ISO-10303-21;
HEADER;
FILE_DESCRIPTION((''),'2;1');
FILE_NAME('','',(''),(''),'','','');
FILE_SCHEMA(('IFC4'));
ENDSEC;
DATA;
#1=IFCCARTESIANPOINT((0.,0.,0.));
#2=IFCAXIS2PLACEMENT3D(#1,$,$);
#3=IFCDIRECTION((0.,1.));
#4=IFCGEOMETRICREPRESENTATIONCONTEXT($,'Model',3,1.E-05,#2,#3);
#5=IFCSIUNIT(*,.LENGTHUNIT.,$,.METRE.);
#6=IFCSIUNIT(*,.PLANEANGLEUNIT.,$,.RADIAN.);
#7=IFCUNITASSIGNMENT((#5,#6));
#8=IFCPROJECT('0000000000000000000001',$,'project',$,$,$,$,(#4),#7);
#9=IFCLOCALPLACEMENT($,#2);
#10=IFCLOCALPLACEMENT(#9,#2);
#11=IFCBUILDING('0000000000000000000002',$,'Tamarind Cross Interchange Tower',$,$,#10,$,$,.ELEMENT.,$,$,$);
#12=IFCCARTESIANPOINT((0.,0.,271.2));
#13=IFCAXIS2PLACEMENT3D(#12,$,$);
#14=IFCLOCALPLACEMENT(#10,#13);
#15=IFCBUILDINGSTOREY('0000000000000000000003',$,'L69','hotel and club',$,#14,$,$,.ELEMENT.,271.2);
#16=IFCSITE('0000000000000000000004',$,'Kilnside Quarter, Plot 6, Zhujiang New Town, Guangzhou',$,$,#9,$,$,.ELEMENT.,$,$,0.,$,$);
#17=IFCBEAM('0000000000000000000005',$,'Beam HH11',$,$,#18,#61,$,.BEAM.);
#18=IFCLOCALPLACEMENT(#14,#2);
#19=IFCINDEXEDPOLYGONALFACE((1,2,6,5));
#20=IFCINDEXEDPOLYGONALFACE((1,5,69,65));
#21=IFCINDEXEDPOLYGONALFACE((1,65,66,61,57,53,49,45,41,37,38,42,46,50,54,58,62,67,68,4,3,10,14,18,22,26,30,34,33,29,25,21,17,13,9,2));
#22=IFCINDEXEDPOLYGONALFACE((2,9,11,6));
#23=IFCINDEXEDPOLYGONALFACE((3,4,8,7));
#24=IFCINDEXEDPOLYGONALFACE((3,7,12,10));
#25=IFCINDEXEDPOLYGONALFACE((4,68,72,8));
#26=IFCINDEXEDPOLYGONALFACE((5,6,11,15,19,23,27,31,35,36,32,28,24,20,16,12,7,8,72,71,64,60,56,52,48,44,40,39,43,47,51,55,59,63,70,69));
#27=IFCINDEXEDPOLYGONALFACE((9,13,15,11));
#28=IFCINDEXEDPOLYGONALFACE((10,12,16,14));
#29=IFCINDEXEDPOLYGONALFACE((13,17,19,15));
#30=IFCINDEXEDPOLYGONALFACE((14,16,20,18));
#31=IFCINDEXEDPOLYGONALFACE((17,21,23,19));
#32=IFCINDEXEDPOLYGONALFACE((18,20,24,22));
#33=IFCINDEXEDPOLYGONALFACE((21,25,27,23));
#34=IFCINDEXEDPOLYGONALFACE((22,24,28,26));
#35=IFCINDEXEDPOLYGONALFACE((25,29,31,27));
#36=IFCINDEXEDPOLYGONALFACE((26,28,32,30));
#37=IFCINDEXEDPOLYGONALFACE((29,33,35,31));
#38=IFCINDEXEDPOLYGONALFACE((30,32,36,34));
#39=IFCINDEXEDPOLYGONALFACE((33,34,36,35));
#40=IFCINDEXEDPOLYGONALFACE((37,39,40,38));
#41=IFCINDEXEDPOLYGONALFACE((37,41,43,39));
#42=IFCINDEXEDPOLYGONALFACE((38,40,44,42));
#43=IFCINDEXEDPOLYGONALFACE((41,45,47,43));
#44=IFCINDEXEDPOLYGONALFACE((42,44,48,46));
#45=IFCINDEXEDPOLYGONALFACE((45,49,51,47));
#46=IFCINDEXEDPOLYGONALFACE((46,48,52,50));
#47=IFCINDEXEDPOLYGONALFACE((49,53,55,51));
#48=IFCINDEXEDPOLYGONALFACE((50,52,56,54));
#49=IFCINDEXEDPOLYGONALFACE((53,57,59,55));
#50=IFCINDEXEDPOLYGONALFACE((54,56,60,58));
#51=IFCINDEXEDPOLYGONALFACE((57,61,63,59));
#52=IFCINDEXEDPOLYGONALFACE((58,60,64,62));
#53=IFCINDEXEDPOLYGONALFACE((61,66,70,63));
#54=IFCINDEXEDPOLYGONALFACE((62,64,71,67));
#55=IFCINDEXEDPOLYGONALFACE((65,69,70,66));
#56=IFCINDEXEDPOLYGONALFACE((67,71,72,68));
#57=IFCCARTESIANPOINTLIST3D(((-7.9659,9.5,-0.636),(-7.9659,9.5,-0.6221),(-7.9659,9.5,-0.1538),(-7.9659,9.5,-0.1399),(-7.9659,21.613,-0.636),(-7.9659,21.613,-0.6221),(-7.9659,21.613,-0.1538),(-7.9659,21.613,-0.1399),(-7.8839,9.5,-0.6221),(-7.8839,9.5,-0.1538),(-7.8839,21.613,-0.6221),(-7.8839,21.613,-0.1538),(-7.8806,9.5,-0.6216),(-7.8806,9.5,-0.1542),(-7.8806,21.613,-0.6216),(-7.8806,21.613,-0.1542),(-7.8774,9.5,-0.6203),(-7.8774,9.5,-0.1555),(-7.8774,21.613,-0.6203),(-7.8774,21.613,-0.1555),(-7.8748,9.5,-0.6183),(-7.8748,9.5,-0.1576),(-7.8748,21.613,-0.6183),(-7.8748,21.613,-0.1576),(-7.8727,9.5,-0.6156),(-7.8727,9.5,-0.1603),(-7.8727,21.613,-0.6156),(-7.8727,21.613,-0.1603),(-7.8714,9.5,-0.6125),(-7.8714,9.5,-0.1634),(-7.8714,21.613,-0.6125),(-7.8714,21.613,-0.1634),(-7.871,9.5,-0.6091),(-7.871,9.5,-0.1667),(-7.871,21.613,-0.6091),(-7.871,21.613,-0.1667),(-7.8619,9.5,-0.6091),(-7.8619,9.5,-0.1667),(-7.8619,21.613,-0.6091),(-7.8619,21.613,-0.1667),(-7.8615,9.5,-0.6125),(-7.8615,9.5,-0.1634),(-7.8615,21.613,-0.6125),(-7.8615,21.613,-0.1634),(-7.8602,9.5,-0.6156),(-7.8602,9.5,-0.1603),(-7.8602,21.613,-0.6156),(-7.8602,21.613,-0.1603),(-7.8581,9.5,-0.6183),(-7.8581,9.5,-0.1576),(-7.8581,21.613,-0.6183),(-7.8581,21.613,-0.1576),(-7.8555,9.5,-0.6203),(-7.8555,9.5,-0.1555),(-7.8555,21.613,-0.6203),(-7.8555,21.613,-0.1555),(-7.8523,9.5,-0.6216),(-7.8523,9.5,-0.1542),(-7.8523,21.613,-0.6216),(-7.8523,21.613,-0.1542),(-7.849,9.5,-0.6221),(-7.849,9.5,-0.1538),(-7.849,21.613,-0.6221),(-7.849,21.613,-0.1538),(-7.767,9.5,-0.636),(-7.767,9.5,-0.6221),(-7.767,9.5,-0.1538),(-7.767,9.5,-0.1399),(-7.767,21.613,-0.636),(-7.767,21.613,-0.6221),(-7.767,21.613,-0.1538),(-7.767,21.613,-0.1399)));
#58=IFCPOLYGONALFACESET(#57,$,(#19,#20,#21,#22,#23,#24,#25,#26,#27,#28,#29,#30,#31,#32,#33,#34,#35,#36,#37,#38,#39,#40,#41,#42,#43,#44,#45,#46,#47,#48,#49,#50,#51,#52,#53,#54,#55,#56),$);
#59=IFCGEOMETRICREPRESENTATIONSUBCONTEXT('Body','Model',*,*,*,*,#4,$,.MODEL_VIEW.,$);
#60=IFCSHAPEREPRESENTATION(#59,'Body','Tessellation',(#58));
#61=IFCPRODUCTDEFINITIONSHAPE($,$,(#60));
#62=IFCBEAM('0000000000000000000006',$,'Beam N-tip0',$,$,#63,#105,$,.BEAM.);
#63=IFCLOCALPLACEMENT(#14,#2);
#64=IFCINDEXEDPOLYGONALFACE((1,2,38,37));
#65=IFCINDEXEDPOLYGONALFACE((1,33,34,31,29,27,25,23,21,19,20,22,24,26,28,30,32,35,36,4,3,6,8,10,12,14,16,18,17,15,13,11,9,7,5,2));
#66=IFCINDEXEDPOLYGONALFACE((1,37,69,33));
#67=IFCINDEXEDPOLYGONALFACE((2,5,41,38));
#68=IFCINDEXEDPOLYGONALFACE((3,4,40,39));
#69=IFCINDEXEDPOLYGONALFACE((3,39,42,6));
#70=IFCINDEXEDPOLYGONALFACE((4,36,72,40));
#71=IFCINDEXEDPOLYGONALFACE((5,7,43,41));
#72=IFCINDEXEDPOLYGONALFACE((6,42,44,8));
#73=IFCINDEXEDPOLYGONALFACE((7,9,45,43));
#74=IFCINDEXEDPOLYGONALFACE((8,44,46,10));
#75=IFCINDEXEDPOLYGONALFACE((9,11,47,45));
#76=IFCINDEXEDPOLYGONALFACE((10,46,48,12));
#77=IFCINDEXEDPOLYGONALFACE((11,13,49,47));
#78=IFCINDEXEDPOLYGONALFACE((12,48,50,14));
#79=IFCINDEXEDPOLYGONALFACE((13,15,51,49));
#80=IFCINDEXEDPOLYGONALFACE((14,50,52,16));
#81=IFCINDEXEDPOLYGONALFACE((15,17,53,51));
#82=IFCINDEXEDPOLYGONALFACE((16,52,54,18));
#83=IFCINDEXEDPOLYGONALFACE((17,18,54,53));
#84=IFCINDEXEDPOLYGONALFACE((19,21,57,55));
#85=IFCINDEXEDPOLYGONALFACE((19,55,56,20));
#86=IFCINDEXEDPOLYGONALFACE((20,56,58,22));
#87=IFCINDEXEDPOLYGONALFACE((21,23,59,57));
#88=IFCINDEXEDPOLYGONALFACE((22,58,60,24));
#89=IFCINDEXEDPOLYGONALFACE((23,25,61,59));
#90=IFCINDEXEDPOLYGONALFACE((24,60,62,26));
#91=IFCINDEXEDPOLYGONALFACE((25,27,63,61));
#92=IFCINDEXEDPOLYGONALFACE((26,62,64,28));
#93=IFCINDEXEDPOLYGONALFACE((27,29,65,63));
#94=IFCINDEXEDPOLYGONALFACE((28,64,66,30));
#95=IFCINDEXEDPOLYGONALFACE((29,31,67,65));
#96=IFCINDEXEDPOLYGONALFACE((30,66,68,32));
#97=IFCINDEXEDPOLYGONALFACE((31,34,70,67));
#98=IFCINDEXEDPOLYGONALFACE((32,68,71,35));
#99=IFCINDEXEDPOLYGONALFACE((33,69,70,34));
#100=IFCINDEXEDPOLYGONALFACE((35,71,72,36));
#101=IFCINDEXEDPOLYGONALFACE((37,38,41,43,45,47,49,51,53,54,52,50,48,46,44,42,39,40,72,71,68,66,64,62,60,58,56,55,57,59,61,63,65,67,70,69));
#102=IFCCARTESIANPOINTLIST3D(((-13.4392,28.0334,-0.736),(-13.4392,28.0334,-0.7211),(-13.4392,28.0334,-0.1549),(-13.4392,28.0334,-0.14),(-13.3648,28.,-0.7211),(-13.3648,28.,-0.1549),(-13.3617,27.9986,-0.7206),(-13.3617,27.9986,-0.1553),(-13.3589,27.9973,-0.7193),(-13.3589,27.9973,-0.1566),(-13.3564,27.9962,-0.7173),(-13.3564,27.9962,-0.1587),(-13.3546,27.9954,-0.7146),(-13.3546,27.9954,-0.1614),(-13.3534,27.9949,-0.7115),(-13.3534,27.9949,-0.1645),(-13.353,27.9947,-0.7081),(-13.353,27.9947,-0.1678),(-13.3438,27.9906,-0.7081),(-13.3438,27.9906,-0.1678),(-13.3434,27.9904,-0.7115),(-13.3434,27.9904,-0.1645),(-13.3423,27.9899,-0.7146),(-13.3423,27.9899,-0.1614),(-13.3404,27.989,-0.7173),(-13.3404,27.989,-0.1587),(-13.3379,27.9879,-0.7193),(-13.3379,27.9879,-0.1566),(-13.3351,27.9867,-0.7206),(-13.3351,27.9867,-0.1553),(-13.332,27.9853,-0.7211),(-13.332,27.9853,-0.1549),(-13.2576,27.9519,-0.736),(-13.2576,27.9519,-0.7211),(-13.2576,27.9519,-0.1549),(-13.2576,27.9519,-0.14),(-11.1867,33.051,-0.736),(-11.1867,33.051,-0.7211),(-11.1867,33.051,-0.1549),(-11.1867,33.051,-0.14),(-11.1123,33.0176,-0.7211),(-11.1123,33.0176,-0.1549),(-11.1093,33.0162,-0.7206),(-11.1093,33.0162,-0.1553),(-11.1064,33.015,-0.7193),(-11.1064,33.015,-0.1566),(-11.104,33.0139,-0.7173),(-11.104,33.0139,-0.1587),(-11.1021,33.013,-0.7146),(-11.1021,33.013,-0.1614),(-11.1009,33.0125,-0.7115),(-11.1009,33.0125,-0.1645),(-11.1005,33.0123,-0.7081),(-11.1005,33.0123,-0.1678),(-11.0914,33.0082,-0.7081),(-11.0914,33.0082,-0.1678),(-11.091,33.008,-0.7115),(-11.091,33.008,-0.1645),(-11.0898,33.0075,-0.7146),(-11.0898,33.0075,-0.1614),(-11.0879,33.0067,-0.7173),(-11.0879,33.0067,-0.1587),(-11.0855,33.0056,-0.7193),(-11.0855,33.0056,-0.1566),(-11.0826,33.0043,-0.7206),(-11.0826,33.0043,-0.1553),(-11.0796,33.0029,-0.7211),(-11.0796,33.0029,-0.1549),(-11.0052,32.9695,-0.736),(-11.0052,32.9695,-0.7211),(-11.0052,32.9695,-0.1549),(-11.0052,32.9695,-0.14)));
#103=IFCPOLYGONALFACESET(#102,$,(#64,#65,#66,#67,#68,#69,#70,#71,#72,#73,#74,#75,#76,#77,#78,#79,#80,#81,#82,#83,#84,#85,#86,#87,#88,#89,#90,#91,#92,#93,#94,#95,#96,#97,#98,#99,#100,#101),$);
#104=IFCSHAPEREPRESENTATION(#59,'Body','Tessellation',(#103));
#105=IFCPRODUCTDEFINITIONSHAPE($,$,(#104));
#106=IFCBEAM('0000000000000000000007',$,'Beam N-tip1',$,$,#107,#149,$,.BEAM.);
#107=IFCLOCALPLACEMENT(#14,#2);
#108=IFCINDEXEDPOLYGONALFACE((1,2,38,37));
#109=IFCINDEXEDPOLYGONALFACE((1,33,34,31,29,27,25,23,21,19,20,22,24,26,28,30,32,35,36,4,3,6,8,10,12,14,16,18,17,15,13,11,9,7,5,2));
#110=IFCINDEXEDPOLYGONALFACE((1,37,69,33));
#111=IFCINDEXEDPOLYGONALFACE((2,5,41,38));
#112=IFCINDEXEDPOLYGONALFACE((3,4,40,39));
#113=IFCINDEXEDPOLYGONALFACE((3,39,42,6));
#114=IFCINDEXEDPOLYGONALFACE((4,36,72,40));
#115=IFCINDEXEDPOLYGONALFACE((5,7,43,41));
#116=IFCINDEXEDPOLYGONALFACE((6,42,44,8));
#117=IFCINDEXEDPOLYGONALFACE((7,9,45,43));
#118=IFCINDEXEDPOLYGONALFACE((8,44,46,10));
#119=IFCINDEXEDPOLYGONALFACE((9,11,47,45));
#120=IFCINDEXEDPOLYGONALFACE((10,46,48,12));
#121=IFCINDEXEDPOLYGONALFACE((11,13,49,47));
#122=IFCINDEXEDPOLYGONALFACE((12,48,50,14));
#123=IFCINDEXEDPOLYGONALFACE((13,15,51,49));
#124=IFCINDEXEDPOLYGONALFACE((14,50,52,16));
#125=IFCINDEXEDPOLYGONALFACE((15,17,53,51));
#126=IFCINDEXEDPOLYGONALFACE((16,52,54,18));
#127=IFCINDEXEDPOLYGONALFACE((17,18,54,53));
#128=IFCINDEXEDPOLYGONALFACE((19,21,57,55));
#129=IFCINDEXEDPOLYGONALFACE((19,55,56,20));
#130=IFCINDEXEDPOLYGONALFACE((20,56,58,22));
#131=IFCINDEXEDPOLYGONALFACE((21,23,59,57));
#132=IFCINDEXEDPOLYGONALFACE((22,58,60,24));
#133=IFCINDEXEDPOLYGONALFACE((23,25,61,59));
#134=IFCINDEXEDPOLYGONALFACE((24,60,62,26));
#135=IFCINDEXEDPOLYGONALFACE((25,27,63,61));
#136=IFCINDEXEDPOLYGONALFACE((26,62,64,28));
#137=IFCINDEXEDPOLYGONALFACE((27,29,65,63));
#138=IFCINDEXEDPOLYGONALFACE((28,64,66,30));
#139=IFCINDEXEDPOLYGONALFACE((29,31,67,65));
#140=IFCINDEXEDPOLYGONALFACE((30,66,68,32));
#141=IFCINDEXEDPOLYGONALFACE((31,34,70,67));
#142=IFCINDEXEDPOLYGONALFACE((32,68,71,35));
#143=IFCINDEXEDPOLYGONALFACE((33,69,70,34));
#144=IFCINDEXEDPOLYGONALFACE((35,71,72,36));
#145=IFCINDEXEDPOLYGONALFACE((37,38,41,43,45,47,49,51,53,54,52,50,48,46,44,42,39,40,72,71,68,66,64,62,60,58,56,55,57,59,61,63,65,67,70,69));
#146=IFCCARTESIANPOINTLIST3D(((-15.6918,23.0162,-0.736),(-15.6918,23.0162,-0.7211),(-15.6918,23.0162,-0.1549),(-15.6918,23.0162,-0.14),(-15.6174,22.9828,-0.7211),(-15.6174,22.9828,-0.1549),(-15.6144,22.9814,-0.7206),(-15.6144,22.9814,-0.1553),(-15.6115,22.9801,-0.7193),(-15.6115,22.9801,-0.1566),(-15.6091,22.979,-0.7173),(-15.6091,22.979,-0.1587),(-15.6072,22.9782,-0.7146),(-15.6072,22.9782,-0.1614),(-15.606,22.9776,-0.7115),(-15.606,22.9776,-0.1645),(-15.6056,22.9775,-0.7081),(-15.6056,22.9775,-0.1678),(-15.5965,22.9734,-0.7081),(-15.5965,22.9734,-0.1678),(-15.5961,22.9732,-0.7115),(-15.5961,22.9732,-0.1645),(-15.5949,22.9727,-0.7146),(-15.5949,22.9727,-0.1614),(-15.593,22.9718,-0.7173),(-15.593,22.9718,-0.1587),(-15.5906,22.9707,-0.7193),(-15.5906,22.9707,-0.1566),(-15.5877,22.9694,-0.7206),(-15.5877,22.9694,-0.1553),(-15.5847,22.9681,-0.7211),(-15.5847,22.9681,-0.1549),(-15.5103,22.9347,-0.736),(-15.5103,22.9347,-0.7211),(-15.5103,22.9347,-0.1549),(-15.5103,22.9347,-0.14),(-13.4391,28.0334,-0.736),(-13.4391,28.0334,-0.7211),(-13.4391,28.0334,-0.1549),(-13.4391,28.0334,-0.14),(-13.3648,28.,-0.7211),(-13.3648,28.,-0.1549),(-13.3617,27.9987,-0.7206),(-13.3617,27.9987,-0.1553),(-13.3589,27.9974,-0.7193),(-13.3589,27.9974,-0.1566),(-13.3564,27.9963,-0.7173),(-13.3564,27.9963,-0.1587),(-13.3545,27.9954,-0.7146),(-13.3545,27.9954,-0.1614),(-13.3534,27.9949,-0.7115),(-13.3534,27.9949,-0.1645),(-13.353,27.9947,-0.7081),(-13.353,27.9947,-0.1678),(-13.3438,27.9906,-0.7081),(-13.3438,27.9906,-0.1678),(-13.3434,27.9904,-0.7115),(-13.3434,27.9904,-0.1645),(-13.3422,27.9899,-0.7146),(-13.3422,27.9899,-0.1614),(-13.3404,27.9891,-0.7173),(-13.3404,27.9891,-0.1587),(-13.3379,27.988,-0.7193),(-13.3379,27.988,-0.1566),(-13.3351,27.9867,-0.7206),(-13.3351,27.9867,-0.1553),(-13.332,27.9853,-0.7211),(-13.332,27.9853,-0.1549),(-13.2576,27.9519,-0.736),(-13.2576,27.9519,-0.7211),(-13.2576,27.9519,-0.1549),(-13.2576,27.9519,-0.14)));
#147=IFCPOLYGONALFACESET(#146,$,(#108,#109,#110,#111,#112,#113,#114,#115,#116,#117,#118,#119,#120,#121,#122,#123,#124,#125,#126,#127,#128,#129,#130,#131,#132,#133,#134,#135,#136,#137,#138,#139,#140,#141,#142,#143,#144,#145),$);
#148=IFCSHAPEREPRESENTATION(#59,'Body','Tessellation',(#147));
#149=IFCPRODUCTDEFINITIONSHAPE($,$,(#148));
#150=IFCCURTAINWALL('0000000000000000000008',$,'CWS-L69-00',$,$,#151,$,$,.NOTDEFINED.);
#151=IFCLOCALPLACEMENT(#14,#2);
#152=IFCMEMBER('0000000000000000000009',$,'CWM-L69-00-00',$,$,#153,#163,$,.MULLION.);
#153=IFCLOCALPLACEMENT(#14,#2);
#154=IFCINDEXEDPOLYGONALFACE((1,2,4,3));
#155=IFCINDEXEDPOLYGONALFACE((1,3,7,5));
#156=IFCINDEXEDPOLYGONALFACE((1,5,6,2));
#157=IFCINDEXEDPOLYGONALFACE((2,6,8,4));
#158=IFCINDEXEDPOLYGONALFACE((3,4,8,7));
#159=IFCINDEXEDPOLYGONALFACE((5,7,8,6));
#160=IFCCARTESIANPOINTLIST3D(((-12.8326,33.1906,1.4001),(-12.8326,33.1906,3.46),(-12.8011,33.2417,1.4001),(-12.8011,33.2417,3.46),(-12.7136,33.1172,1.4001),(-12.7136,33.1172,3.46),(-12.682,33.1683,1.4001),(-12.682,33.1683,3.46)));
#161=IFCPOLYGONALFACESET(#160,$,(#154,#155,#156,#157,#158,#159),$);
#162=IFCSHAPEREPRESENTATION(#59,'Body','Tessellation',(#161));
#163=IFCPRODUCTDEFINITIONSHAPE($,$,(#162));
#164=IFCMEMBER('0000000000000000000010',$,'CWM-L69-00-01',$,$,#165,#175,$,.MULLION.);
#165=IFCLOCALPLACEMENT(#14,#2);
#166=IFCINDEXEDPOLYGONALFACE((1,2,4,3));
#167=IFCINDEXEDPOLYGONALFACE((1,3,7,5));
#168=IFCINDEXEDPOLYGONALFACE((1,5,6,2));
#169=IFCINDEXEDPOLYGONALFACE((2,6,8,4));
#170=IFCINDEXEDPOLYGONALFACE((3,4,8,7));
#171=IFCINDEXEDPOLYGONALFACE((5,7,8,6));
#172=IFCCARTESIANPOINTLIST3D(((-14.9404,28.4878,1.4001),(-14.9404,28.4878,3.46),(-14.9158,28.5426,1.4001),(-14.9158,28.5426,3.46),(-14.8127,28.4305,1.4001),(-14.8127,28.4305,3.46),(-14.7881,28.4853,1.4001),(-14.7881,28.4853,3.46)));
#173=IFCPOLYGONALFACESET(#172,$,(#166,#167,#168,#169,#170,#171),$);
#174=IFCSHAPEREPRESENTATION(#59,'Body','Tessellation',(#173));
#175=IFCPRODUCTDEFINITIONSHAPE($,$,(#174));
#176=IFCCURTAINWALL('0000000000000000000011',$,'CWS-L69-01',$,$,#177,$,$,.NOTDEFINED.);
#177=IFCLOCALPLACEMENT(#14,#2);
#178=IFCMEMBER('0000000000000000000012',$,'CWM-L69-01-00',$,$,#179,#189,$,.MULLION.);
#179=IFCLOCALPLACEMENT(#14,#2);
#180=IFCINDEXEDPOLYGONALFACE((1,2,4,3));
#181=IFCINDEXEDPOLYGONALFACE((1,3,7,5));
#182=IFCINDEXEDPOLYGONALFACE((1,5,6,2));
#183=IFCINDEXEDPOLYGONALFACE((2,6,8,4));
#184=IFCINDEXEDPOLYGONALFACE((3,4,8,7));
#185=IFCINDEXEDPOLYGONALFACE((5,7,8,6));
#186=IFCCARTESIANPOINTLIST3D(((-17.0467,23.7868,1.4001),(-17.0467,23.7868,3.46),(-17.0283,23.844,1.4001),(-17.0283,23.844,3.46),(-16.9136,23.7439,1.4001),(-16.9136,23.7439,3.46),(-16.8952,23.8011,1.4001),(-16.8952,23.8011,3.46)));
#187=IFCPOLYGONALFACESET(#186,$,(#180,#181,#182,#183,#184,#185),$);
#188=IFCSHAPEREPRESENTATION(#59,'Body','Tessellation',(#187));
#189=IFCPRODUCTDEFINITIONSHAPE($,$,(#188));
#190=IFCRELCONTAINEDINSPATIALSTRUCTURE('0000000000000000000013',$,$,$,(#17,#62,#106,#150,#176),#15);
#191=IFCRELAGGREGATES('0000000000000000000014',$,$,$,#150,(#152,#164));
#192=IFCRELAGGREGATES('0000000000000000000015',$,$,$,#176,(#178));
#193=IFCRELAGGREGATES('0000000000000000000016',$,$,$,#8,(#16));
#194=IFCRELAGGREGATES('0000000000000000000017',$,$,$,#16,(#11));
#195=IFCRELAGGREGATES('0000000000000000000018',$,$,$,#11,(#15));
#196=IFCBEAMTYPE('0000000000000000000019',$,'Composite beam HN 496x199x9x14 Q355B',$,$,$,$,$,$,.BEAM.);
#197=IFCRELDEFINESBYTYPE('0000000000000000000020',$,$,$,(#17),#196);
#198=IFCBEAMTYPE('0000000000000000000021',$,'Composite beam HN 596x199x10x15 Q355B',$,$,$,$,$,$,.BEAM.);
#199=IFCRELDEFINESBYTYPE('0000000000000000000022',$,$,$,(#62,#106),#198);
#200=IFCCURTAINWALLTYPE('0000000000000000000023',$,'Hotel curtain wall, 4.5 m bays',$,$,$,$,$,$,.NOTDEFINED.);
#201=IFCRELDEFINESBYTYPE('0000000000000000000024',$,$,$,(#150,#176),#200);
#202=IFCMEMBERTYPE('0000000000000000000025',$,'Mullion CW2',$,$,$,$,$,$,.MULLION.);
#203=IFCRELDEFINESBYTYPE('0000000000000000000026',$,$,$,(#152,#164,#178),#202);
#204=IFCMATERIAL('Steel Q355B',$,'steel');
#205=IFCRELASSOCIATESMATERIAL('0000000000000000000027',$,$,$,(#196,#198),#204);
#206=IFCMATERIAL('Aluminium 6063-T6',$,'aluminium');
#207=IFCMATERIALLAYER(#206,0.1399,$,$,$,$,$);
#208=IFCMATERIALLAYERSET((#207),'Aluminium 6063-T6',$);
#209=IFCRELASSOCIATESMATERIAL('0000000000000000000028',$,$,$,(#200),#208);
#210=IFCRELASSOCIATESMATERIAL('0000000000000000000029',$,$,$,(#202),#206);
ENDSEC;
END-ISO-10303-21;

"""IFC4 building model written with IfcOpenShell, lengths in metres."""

from ifc_helpers import new_model, si_unit, direction, frame, origin, origin_2d, place, context, subcontext, project, spatial, rectangle, i_section, extrude, material, layer, layer_set, material_profile, profile_set, type_object, element, aggregate, save


model = new_model("IFC4")

# Units and contexts
model_context = context("Model", 3, precision=1e-05, world=origin(), true_north=direction((0.0, 1.0)))
body_context = subcontext(model_context, "Body", "Model", "MODEL_VIEW")
ifc_project = project(units=[si_unit("LENGTHUNIT", "METRE"), si_unit("PLANEANGLEUNIT", "RADIAN")], contexts=[model_context])

# Site, building, storey
site_placement = place(None, origin())
site = spatial("IfcSite", under=ifc_project, at=site_placement, Name="Kilnside Quarter, Plot 6, Zhujiang New Town, Guangzhou", CompositionType="ELEMENT", RefElevation=0.0)
building_placement = place(site_placement, origin())
building = spatial("IfcBuilding", under=site, at=building_placement, Name="Tamarind Cross Interchange Tower", CompositionType="ELEMENT")
storey_placement = place(building_placement, frame((0.0, 0.0, 271.2)))
storey = spatial("IfcBuildingStorey", under=building, at=storey_placement, Name="L69", Description="hotel and club", CompositionType="ELEMENT", Elevation=271.2)

# Beams
ifc_material_1 = material(Name="Steel Q355B", Category="steel")
ifc_material_profile_1 = material_profile(ifc_material_1, i_section(OverallWidth=0.199, OverallDepth=0.4961, WebThickness=0.009, FlangeThickness=0.0139, FilletRadius=0.0129, at=origin_2d()), Name="HN 496x199x9x14")
ifc_profile_set_1 = profile_set([ifc_material_profile_1], Name="Steel Q355B")
beam_type_1 = type_object("IfcBeamType", Name="Composite beam HN 496x199x9x14 Q355B", PredefinedType="BEAM", material=ifc_profile_set_1)
beam_1_placement = place(storey_placement, frame((-7.8665, 21.613, -0.3879), z_axis=(0.0, -1.0, 0.0), x_axis=(1.0, 0.0, 0.0)))
element("IfcBeam", 1, at=beam_1_placement, inside=storey, type_object=beam_type_1, Name="Beam HH11", PredefinedType="BEAM", context=body_context, shape_type="SweptSolid", body=[
    extrude(i_section(OverallWidth=0.199, OverallDepth=0.4961, WebThickness=0.009, FlangeThickness=0.0139, FilletRadius=0.0129, at=origin_2d()), origin(), (0.0, 0.0, 1.0), 12.113),
])
ifc_material_profile_2 = material_profile(ifc_material_1, i_section(OverallWidth=0.199, OverallDepth=0.5959, WebThickness=0.01, FlangeThickness=0.0149, FilletRadius=0.0129, at=origin_2d()), Name="HN 596x199x10x15")
ifc_profile_set_2 = profile_set([ifc_material_profile_2], Name="Steel Q355B")
beam_type_2 = type_object("IfcBeamType", Name="Composite beam HN 596x199x10x15 Q355B", PredefinedType="BEAM", material=ifc_profile_set_2)
beam_2_placement = place(storey_placement, frame((-11.0959, 33.0103, -0.438), z_axis=(-0.409538, -0.912293, 0.0), x_axis=(0.912293, -0.409538, 0.0)))
element("IfcBeam", 2, at=beam_2_placement, inside=storey, type_object=beam_type_2, Name="Beam N-tip0", PredefinedType="BEAM", context=body_context, shape_type="SweptSolid", body=[
    extrude(i_section(OverallWidth=0.199, OverallDepth=0.5959, WebThickness=0.01, FlangeThickness=0.0149, FilletRadius=0.0129, at=origin_2d()), origin(), (0.0, 0.0, 1.0), 5.5),
])
beam_3_placement = place(storey_placement, frame((-13.3484, 27.9927, -0.438), z_axis=(-0.409591, -0.912269, 0.0), x_axis=(0.912269, -0.409591, 0.0)))
element("IfcBeam", 3, at=beam_3_placement, inside=storey, type_object=beam_type_2, Name="Beam N-tip1", PredefinedType="BEAM", context=body_context, shape_type="SweptSolid", body=[
    extrude(i_section(OverallWidth=0.199, OverallDepth=0.5959, WebThickness=0.01, FlangeThickness=0.0149, FilletRadius=0.0129, at=origin_2d()), origin(), (0.0, 0.0, 1.0), 5.4998),
])

# Curtain wall, members
ifc_material_2 = material(Name="Aluminium 6063-T6", Category="aluminium")
ifc_layer_1 = layer(ifc_material_2, 0.1399)
ifc_layer_set_1 = layer_set([ifc_layer_1], Name="Aluminium 6063-T6")
curtain_wall_type = type_object("IfcCurtainWallType", Name="Hotel curtain wall, 4.5 m bays", PredefinedType="NOTDEFINED", material=ifc_layer_set_1)
curtain_wall_1_placement = place(storey_placement, origin())
curtain_wall_1 = element("IfcCurtainWall", 4, at=curtain_wall_1_placement, inside=storey, type_object=curtain_wall_type, Name="CWS-L69-00", PredefinedType="NOTDEFINED")
ifc_material_profile_3 = material_profile(ifc_material_2, rectangle(XDim=0.0601, YDim=0.1399, at=origin_2d()), Name="Mullion CW2")
ifc_profile_set_3 = profile_set([ifc_material_profile_3], Name="Aluminium 6063-T6")
member_type = type_object("IfcMemberType", Name="Mullion CW2", PredefinedType="MULLION", material=ifc_profile_set_3)
member_1_placement = place(storey_placement, frame((-12.7573, 33.1794, 1.4001), z_axis=(0.0, 0.0, 1.0), x_axis=(-0.525139, -0.851016, 0.0)))
member_1 = element("IfcMember", 5, at=member_1_placement, type_object=member_type, Name="CWM-L69-00-00", PredefinedType="MULLION", context=body_context, shape_type="SweptSolid", body=[
    extrude(rectangle(XDim=0.0601, YDim=0.1399, at=origin_2d()), origin(), (0.0, 0.0, 1.0), 2.0598),
])
member_2_placement = place(storey_placement, frame((-14.8643, 28.4866, 1.4001), z_axis=(0.0, 0.0, 1.0), x_axis=(-0.409566, -0.91228, 0.0)))
member_2 = element("IfcMember", 6, at=member_2_placement, type_object=member_type, Name="CWM-L69-00-01", PredefinedType="MULLION", context=body_context, shape_type="SweptSolid", body=[
    extrude(rectangle(XDim=0.0601, YDim=0.1399, at=origin_2d()), origin(), (0.0, 0.0, 1.0), 2.0598),
])
aggregate(curtain_wall_1, [member_1, member_2])

# Curtain wall, member
curtain_wall_2_placement = place(storey_placement, origin())
curtain_wall_2 = element("IfcCurtainWall", 7, at=curtain_wall_2_placement, inside=storey, type_object=curtain_wall_type, Name="CWS-L69-01", PredefinedType="NOTDEFINED")
member_3_placement = place(storey_placement, frame((-16.9709, 23.7939, 1.4001), z_axis=(0.0, 0.0, 1.0), x_axis=(-0.306227, -0.951959, 0.0)))
member_3 = element("IfcMember", 8, at=member_3_placement, type_object=member_type, Name="CWM-L69-01-00", PredefinedType="MULLION", context=body_context, shape_type="SweptSolid", body=[
    extrude(rectangle(XDim=0.0601, YDim=0.1399, at=origin_2d()), origin(), (0.0, 0.0, 1.0), 2.0598),
])
aggregate(curtain_wall_2, [member_3])

save(model, "model.ifc")
